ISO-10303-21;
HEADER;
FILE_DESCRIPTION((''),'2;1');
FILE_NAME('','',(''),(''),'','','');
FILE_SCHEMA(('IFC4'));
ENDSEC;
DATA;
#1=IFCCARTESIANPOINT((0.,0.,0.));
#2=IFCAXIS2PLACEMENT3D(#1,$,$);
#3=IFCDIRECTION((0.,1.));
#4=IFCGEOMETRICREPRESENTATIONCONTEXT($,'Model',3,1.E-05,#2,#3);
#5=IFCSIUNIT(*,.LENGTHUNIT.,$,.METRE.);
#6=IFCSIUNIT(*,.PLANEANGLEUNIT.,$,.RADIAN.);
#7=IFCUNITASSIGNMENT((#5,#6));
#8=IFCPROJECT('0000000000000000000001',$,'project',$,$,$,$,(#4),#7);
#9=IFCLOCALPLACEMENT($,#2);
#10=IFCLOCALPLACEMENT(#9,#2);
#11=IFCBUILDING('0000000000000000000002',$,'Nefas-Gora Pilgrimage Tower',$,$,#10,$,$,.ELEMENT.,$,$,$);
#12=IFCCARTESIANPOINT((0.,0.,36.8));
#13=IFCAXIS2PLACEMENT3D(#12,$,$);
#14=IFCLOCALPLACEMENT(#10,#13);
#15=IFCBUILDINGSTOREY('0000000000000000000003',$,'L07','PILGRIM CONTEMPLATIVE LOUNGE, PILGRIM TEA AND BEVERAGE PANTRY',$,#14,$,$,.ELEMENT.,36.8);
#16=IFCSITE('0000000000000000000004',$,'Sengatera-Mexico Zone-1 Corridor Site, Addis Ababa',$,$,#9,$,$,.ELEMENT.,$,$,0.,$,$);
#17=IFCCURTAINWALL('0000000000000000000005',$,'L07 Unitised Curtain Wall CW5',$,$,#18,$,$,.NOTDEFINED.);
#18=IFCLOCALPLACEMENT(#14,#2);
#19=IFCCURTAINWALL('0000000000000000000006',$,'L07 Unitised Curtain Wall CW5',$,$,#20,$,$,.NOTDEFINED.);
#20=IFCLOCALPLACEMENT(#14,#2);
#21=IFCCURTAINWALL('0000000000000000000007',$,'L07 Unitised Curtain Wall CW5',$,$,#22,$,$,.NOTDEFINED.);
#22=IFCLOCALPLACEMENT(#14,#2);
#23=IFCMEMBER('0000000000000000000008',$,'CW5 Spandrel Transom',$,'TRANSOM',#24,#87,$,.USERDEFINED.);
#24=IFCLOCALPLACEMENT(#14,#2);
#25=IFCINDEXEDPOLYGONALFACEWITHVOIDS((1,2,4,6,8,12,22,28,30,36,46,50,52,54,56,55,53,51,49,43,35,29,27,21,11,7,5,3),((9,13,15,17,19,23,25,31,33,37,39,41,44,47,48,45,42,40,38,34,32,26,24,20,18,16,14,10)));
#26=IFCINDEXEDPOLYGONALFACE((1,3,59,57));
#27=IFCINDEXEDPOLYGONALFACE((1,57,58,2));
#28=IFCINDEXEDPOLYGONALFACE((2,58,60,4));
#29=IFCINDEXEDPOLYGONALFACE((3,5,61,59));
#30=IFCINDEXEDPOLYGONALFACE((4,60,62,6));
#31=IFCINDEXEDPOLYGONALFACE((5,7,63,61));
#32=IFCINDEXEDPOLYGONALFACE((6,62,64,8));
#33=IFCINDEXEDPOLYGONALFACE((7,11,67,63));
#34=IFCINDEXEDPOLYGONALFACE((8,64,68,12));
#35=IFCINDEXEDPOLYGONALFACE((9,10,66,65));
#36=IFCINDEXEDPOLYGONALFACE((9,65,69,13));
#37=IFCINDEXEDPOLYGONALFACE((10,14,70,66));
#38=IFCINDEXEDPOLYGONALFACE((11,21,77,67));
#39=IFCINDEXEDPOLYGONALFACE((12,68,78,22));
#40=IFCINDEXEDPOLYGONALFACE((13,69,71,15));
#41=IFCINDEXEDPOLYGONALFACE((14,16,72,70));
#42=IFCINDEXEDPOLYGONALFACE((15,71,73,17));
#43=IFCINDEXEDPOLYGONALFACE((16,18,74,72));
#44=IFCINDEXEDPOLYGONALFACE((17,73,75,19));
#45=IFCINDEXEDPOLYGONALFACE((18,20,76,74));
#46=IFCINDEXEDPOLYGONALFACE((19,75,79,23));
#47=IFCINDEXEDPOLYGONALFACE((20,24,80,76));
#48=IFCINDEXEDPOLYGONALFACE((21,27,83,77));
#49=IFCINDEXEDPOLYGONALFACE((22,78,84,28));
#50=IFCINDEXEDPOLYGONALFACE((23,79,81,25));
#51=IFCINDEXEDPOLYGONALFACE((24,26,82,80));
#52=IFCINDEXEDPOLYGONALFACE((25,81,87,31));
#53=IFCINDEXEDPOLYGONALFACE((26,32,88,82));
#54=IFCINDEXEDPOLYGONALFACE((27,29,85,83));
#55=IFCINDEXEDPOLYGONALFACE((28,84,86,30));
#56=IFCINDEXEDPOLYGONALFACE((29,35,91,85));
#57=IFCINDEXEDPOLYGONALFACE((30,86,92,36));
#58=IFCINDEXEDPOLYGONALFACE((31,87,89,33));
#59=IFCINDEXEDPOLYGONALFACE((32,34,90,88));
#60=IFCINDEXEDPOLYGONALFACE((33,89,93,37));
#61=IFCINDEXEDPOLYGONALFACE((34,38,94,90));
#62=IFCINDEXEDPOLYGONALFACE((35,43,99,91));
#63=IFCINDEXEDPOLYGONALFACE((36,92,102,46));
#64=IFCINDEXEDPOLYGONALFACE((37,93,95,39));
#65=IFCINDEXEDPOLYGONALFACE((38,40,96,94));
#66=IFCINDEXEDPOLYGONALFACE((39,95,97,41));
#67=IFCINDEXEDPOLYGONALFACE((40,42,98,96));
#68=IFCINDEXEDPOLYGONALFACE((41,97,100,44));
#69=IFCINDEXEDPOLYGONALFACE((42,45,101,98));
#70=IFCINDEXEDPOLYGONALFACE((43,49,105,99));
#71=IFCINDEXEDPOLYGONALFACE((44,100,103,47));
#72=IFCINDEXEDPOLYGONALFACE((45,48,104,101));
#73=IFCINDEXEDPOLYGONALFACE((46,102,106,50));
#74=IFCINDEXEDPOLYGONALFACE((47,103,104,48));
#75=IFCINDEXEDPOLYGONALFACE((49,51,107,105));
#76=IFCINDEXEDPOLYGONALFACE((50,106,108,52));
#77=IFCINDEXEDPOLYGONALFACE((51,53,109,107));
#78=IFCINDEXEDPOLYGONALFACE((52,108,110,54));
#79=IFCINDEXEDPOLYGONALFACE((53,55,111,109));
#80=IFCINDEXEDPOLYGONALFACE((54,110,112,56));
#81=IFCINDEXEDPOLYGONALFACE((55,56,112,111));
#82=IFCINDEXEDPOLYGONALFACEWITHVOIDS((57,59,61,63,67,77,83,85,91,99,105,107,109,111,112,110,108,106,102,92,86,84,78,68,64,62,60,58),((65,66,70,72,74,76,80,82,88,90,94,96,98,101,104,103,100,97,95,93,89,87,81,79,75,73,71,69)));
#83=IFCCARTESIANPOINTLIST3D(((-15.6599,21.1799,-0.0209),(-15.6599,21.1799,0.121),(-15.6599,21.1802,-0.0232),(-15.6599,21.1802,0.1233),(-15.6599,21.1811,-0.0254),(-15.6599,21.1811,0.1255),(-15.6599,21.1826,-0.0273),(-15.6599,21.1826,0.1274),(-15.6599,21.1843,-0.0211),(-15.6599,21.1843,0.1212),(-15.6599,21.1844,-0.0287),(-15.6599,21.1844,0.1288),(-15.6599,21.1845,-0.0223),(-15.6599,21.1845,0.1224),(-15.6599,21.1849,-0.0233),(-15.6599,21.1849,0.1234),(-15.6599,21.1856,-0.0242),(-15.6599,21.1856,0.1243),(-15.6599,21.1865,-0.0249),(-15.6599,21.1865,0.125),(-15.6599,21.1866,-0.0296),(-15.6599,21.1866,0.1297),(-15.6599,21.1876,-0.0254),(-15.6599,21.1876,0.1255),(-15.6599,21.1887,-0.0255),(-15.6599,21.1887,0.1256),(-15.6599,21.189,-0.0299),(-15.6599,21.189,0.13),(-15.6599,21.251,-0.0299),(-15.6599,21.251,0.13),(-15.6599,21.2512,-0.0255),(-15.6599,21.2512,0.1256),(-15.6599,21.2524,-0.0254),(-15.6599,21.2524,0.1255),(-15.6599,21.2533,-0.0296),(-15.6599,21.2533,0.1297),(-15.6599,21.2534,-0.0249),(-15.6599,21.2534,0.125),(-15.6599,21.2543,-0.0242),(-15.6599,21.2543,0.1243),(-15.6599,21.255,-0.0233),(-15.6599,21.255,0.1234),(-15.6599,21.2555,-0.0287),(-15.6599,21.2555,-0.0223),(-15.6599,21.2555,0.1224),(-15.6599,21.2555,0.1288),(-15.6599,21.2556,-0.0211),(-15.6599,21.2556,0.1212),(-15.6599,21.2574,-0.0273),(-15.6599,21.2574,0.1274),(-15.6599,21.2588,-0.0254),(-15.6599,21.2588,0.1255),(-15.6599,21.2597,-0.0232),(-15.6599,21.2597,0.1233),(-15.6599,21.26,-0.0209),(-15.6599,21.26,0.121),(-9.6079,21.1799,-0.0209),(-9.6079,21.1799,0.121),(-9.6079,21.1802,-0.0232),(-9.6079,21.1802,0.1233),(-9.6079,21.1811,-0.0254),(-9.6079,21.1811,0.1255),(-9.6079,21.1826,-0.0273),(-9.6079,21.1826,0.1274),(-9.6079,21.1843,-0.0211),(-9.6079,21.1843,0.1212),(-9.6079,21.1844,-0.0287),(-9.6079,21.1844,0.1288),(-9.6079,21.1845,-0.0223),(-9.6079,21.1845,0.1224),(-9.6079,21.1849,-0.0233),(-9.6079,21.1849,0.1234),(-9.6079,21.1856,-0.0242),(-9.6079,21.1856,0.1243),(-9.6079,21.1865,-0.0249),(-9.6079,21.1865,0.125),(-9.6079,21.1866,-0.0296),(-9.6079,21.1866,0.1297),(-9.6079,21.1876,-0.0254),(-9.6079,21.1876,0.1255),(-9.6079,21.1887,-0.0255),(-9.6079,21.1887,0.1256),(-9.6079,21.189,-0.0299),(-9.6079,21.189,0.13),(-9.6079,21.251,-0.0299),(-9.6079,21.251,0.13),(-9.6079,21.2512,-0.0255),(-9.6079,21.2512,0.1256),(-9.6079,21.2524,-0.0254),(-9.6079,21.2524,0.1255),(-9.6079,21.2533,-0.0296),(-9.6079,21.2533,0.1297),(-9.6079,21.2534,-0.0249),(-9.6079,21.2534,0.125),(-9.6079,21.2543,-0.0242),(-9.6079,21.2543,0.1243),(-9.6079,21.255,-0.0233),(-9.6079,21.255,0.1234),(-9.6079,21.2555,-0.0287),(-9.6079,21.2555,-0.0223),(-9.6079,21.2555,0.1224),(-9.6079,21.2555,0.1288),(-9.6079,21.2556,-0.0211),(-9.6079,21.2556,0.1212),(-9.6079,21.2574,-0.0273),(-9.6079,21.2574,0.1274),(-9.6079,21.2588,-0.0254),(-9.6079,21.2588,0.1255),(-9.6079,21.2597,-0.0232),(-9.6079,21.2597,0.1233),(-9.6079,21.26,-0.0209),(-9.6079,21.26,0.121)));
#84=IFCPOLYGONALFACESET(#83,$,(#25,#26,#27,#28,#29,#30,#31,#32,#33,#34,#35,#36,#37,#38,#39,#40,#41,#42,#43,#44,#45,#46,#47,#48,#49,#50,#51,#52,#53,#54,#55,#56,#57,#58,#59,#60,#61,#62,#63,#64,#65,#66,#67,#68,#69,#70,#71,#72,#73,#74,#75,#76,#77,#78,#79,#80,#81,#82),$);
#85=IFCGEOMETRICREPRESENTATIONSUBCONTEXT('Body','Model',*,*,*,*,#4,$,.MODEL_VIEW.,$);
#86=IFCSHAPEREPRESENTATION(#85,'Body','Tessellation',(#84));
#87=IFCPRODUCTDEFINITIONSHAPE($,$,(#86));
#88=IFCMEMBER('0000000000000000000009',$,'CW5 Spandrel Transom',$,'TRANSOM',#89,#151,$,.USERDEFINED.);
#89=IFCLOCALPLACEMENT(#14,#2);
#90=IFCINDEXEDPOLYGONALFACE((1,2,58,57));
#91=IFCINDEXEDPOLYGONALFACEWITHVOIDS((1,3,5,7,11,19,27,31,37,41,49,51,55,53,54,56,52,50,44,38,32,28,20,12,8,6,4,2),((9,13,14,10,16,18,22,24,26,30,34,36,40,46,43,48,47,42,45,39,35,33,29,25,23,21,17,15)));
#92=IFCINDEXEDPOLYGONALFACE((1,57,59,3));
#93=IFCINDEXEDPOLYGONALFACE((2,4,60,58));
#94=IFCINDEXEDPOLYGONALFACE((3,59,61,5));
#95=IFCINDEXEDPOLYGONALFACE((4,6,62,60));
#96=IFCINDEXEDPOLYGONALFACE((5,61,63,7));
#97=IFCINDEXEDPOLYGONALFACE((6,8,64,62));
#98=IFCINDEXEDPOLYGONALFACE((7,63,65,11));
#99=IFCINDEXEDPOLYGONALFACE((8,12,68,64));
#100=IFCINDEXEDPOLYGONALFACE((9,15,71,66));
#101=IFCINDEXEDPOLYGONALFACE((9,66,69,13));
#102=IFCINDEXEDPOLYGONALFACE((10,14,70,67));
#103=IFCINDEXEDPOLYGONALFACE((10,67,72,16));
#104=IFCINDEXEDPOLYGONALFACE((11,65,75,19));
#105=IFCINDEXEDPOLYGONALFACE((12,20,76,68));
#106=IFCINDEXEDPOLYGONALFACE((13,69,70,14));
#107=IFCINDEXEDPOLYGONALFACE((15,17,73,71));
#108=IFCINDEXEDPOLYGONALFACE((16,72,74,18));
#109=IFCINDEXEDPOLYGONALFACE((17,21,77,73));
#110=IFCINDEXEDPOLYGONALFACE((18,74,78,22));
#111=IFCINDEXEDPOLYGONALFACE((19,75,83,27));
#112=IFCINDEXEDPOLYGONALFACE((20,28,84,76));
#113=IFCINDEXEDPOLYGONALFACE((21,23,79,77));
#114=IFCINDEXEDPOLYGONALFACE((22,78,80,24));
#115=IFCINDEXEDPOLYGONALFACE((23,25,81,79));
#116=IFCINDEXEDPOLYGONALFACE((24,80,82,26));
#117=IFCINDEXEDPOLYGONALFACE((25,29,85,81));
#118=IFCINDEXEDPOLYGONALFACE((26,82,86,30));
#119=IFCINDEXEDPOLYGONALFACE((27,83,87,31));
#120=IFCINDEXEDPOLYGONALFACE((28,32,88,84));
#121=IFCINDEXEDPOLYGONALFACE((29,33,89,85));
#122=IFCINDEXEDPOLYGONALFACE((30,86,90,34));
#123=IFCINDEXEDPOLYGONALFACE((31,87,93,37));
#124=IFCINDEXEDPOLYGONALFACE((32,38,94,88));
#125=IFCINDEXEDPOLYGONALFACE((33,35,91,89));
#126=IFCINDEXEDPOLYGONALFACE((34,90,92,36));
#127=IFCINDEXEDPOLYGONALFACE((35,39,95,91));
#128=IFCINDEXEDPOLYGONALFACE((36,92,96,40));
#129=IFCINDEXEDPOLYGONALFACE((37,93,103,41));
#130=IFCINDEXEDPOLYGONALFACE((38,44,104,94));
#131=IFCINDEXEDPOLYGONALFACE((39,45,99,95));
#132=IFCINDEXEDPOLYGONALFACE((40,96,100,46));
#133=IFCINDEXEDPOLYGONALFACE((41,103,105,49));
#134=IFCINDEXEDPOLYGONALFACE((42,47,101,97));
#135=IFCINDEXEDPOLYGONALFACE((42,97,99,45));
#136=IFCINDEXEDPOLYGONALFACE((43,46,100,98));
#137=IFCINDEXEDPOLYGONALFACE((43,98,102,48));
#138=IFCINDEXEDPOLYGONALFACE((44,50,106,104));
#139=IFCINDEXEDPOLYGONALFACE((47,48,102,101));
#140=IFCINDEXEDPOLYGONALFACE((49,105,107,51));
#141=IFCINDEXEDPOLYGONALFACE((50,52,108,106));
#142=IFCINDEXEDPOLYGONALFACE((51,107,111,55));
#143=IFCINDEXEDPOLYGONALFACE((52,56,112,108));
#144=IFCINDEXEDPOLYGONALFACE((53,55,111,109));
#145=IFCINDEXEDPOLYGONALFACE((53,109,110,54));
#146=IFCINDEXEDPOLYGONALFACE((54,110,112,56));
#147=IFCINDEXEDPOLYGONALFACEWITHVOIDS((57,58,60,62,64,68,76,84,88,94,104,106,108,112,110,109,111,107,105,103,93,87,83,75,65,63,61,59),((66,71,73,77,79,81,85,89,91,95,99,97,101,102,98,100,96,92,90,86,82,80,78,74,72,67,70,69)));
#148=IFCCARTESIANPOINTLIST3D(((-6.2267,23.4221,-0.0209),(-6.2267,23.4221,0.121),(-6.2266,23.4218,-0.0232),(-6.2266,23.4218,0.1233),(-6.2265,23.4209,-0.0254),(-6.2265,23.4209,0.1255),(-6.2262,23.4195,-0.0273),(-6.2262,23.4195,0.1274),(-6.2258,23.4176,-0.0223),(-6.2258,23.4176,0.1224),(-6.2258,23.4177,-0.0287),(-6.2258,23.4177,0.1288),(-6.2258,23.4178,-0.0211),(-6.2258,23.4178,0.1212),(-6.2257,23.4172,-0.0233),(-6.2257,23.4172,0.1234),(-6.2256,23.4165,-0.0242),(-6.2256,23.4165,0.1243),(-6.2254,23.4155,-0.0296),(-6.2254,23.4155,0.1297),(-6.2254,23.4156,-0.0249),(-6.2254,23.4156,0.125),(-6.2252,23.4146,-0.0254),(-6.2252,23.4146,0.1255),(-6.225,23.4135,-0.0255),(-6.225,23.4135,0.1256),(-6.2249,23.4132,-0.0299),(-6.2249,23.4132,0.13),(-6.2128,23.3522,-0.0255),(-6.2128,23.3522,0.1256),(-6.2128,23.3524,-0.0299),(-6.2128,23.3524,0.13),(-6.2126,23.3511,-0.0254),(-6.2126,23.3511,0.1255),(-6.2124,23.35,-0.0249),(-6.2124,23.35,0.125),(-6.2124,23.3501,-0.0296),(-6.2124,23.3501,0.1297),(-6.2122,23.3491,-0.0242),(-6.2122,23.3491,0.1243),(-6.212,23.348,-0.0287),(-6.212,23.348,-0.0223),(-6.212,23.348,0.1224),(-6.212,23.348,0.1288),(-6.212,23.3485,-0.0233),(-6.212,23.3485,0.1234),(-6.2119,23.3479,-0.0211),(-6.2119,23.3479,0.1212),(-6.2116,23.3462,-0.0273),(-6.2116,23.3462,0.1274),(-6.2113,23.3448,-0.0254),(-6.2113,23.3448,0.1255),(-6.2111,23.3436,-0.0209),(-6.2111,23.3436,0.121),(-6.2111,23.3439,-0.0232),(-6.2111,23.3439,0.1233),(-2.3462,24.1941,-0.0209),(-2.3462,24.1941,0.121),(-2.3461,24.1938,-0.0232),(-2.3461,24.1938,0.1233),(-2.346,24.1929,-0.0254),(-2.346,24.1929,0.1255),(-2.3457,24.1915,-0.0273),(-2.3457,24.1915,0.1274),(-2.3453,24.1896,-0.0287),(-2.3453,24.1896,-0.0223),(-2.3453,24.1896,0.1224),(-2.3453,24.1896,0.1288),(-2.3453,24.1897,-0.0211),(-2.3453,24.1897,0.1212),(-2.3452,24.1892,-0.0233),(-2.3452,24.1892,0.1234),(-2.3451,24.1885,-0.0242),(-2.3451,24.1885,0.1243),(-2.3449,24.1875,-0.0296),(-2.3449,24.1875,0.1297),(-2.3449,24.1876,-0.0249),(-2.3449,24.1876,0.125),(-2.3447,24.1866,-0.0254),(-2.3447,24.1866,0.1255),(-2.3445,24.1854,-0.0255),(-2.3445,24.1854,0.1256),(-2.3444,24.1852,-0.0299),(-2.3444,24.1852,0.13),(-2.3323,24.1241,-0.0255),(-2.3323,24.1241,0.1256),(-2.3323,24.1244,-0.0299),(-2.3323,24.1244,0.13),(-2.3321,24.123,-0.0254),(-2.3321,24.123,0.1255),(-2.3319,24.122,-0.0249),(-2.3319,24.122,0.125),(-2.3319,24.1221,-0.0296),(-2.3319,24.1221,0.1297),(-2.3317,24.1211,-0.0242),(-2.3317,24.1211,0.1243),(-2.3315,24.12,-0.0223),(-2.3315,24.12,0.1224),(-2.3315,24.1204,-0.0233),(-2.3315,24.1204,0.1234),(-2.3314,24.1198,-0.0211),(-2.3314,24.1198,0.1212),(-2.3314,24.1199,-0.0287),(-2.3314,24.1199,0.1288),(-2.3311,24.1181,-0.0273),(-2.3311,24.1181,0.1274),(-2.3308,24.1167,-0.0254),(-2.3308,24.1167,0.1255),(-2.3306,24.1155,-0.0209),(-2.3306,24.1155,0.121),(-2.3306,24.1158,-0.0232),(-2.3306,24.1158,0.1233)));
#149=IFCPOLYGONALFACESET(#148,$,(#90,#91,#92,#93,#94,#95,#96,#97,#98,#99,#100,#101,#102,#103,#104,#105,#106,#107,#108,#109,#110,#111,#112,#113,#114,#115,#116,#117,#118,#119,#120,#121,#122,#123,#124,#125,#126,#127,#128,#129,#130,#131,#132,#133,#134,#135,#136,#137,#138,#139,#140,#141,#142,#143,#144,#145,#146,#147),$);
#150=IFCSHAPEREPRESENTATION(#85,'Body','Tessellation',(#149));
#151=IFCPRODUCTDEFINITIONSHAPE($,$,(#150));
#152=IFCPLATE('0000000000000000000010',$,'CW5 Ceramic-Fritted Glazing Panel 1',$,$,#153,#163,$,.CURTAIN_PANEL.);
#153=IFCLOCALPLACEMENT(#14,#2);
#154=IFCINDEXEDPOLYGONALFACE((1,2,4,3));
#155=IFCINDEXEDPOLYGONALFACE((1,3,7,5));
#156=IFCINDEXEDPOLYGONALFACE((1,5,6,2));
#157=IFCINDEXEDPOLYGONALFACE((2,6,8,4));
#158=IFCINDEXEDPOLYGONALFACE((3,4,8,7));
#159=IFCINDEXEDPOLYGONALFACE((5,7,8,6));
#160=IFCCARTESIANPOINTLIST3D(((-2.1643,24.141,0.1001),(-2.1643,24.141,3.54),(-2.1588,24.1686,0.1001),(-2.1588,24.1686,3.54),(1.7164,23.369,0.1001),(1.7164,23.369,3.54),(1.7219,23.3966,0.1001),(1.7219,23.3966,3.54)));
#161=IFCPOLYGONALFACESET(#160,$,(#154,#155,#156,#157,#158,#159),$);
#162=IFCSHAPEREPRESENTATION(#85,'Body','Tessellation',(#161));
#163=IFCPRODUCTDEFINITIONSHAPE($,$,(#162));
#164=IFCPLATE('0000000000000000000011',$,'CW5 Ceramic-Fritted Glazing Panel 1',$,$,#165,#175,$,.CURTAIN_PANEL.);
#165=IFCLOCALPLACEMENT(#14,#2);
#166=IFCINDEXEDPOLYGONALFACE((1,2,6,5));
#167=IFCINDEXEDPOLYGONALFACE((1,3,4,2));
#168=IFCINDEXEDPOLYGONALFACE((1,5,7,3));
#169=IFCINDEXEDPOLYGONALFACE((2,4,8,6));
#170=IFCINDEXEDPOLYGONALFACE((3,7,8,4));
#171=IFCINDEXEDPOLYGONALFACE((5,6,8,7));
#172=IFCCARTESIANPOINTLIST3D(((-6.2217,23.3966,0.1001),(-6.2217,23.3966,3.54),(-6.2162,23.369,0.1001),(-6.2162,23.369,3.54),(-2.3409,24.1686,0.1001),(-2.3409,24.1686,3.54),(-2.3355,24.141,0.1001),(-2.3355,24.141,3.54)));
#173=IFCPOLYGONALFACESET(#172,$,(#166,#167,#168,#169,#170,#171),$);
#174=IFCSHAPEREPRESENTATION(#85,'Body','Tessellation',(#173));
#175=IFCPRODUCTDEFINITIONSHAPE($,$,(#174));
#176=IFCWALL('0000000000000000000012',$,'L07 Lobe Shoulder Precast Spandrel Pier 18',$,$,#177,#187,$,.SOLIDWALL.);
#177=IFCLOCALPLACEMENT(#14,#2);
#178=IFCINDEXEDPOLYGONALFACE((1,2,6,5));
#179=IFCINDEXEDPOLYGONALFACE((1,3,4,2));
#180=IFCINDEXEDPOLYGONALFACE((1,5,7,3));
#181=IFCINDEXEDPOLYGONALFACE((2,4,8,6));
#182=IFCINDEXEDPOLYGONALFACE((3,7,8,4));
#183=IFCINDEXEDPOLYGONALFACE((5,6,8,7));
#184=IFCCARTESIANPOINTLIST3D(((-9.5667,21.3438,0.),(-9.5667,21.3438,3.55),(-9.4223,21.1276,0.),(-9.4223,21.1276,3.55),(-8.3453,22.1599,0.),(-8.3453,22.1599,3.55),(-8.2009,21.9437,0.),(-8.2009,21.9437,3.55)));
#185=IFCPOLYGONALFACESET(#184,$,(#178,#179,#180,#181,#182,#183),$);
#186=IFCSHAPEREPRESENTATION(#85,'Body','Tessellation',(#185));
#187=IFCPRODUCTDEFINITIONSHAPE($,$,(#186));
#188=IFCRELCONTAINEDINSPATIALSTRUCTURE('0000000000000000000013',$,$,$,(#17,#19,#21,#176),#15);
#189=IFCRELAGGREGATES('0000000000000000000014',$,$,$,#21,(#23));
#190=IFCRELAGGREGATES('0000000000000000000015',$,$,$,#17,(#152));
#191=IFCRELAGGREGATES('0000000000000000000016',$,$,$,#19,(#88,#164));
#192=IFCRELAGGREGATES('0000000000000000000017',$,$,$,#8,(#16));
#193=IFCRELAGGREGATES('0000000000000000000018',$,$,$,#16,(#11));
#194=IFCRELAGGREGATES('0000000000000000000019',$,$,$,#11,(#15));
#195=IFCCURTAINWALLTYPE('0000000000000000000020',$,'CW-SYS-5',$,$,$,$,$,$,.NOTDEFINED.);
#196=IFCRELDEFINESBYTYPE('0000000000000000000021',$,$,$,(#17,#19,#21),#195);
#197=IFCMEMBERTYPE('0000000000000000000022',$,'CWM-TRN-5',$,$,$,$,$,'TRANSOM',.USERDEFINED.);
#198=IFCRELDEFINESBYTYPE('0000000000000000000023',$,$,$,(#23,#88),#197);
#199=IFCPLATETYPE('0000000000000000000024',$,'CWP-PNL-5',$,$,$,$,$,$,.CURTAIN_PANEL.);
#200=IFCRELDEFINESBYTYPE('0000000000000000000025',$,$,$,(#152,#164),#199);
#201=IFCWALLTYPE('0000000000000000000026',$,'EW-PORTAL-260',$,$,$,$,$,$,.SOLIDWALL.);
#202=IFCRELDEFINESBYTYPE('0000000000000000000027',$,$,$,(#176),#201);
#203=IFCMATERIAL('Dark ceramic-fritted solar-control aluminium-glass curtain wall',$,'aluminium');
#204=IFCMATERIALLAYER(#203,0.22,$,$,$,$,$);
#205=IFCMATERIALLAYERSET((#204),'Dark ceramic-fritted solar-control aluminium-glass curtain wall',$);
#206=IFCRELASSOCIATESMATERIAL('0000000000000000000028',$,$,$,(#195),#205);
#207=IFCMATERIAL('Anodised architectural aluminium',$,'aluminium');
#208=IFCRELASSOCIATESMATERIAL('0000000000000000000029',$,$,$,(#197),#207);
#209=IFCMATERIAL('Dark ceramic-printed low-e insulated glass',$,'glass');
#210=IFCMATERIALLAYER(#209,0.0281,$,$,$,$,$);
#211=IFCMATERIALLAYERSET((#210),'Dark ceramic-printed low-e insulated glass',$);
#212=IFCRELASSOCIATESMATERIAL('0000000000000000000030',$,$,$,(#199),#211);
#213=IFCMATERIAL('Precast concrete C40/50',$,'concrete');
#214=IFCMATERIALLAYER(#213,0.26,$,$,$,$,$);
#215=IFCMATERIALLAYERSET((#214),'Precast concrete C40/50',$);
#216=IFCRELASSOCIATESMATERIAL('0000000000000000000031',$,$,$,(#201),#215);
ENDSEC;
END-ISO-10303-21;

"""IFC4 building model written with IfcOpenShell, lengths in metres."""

from ifc_helpers import new_model, si_unit, direction, frame, frame_2d, origin, origin_2d, place, context, subcontext, project, spatial, rectangle, hollow_rectangle, extrude, source, transform, mapped, material, layer, layer_set, material_profile, profile_set, type_object, element, aggregate, save


model = new_model("IFC4")

# Units and contexts
model_context = context("Model", 3, precision=1e-05, world=origin(), true_north=direction((0.0, 1.0)))
body_context = subcontext(model_context, "Body", "Model", "MODEL_VIEW")
ifc_project = project(units=[si_unit("LENGTHUNIT", "METRE"), si_unit("PLANEANGLEUNIT", "RADIAN")], contexts=[model_context])

# Site, building, storey
site_placement = place(None, origin())
site = spatial("IfcSite", under=ifc_project, at=site_placement, Name="Sengatera-Mexico Zone-1 Corridor Site, Addis Ababa", CompositionType="ELEMENT", RefElevation=0.0)
building_placement = place(site_placement, origin())
building = spatial("IfcBuilding", under=site, at=building_placement, Name="Nefas-Gora Pilgrimage Tower", CompositionType="ELEMENT")
storey_placement = place(building_placement, frame((0.0, 0.0, 36.8)))
storey = spatial("IfcBuildingStorey", under=building, at=storey_placement, Name="L07", Description="PILGRIM CONTEMPLATIVE LOUNGE, PILGRIM TEA AND BEVERAGE PANTRY", CompositionType="ELEMENT", Elevation=36.8)

# Curtain wall
ifc_material_1 = material(Name="Dark ceramic-fritted solar-control aluminium-glass curtain wall", Category="aluminium")
ifc_layer_1 = layer(ifc_material_1, 0.22)
ifc_layer_set_1 = layer_set([ifc_layer_1], Name="Dark ceramic-fritted solar-control aluminium-glass curtain wall")
curtain_wall_type = type_object("IfcCurtainWallType", Name="CW-SYS-5", PredefinedType="NOTDEFINED", material=ifc_layer_set_1)
curtain_wall_1_placement = place(storey_placement, origin())
curtain_wall_1 = element("IfcCurtainWall", 1, at=curtain_wall_1_placement, inside=storey, type_object=curtain_wall_type, Name="L07 Unitised Curtain Wall CW5", PredefinedType="NOTDEFINED")
ifc_material_2 = material(Name="Anodised architectural aluminium", Category="aluminium")

# Curtain walls, member
curtain_wall_2_placement = place(storey_placement, origin())
curtain_wall_2 = element("IfcCurtainWall", 2, at=curtain_wall_2_placement, inside=storey, type_object=curtain_wall_type, Name="L07 Unitised Curtain Wall CW5", PredefinedType="NOTDEFINED")
curtain_wall_3_placement = place(storey_placement, origin())
curtain_wall_3 = element("IfcCurtainWall", 3, at=curtain_wall_3_placement, inside=storey, type_object=curtain_wall_type, Name="L07 Unitised Curtain Wall CW5", PredefinedType="NOTDEFINED")
ifc_material_profile_1 = material_profile(ifc_material_2, hollow_rectangle(XDim=0.0801, YDim=0.1599, WallThickness=0.0044, InnerFilletRadius=0.0044, OuterFilletRadius=0.009, at=origin_2d()), Name="ALU TRANSOM 80x160")
ifc_profile_set_1 = profile_set([ifc_material_profile_1], Name="Anodised architectural aluminium")
member_type_1 = type_object("IfcMemberType", Name="CWM-TRN-5", ElementType="TRANSOM", PredefinedType="USERDEFINED", material=ifc_profile_set_1)
shared_shape_1 = source(origin(), body_context, "Body", "SweptSolid", [
    extrude(hollow_rectangle(XDim=0.0801, YDim=0.1599, WallThickness=0.0044, InnerFilletRadius=0.0044, OuterFilletRadius=0.009, at=origin_2d()), origin(), (0.0, 0.0, 1.0), 6.052),
])
member_1_placement = place(storey_placement, frame((-9.6079, 21.22, 0.05), z_axis=(-1.0, 0.0, 0.0), x_axis=(0.0, -1.0, 0.0)))
member_1 = element("IfcMember", 4, at=member_1_placement, type_object=member_type_1, Name="CW5 Spandrel Transom", ObjectType="TRANSOM", PredefinedType="USERDEFINED", context=body_context, shape_type="MappedRepresentation", body=[
    mapped(shared_shape_1, transform((0.0, 0.0, 0.0), x_axis=(1.0, 0.0, 0.0), y_axis=(0.0, 1.0, 0.0), z_axis=(0.0, 0.0, 1.0), scale=1.0)),
])
aggregate(curtain_wall_3, [member_1])

# Member
shared_shape_2 = source(origin(), body_context, "Body", "SweptSolid", [
    extrude(hollow_rectangle(XDim=0.0801, YDim=0.1599, WallThickness=0.0044, InnerFilletRadius=0.0044, OuterFilletRadius=0.009, at=origin_2d()), origin(), (0.0, 0.0, 1.0), 3.9565),
])
member_2_placement = place(storey_placement, frame((-2.3384, 24.1548, 0.05), z_axis=(-0.980782, -0.195107, 0.0), x_axis=(0.195107, -0.980782, 0.0)))
member_2 = element("IfcMember", 5, at=member_2_placement, type_object=member_type_1, Name="CW5 Spandrel Transom", ObjectType="TRANSOM", PredefinedType="USERDEFINED", context=body_context, shape_type="MappedRepresentation", body=[
    mapped(shared_shape_2, transform((0.0, 0.0, 0.0), x_axis=(1.0, 0.0, 0.0), y_axis=(0.0, 1.0, 0.0), z_axis=(0.0, 0.0, 1.0), scale=1.0)),
])

# Plates
ifc_material_3 = material(Name="Dark ceramic-printed low-e insulated glass", Category="glass")
ifc_layer_2 = layer(ifc_material_3, 0.0281)
ifc_layer_set_2 = layer_set([ifc_layer_2], Name="Dark ceramic-printed low-e insulated glass")
plate_type = type_object("IfcPlateType", Name="CWP-PNL-5", PredefinedType="CURTAIN_PANEL", material=ifc_layer_set_2)
shared_shape_3 = source(origin(), body_context, "Body", "SweptSolid", [
    extrude(rectangle(XDim=3.9568, YDim=0.0281, at=origin_2d()), origin(), (0.0, 0.0, 1.0), 3.4399),
])
plate_1_placement = place(storey_placement, frame((-0.2212, 23.7688, 0.1001), z_axis=(0.0, 0.0, 1.0), x_axis=(-0.980783, 0.195102, 0.0)))
plate_1 = element("IfcPlate", 6, at=plate_1_placement, type_object=plate_type, Name="CW5 Ceramic-Fritted Glazing Panel 1", PredefinedType="CURTAIN_PANEL", context=body_context, shape_type="MappedRepresentation", body=[
    mapped(shared_shape_3, transform((0.0, 0.0, 0.0), x_axis=(1.0, 0.0, 0.0), y_axis=(0.0, 1.0, 0.0), z_axis=(0.0, 0.0, 1.0), scale=1.0)),
])
aggregate(curtain_wall_1, [plate_1])
plate_2_placement = place(storey_placement, frame((-4.2786, 23.7688, 0.1001), z_axis=(0.0, 0.0, 1.0), x_axis=(-0.980783, -0.195102, 0.0)))
plate_2 = element("IfcPlate", 7, at=plate_2_placement, type_object=plate_type, Name="CW5 Ceramic-Fritted Glazing Panel 1", PredefinedType="CURTAIN_PANEL", context=body_context, shape_type="MappedRepresentation", body=[
    mapped(shared_shape_3, transform((0.0, 0.0, 0.0), x_axis=(1.0, 0.0, 0.0), y_axis=(0.0, 1.0, 0.0), z_axis=(0.0, 0.0, 1.0), scale=1.0)),
])
aggregate(curtain_wall_2, [member_2, plate_2])

# Wall
ifc_material_4 = material(Name="Precast concrete C40/50", Category="concrete")
ifc_layer_3 = layer(ifc_material_4, 0.26)
ifc_layer_set_3 = layer_set([ifc_layer_3], Name="Precast concrete C40/50")
wall_type_1 = type_object("IfcWallType", Name="EW-PORTAL-260", PredefinedType="SOLIDWALL", material=ifc_layer_set_3)
shared_shape_4 = source(origin(), body_context, "Body", "SweptSolid", [
    extrude(rectangle(XDim=1.469, YDim=0.26, at=frame_2d((0.7344, 0.0))), origin(), (0.0, 0.0, 1.0), 3.55),
])
wall_1_placement = place(storey_placement, frame((-8.2732, 22.0518, 0.0), z_axis=(0.0, 0.0, 1.0), x_axis=(-0.831462, -0.555582, 0.0)))
element("IfcWall", 8, at=wall_1_placement, inside=storey, type_object=wall_type_1, Name="L07 Lobe Shoulder Precast Spandrel Pier 18", PredefinedType="SOLIDWALL", context=body_context, shape_type="MappedRepresentation", body=[
    mapped(shared_shape_4, transform((0.0, 0.0, 0.0), x_axis=(1.0, 0.0, 0.0), y_axis=(0.0, 1.0, 0.0), z_axis=(0.0, 0.0, 1.0), scale=1.0)),
])

save(model, "model.ifc")
